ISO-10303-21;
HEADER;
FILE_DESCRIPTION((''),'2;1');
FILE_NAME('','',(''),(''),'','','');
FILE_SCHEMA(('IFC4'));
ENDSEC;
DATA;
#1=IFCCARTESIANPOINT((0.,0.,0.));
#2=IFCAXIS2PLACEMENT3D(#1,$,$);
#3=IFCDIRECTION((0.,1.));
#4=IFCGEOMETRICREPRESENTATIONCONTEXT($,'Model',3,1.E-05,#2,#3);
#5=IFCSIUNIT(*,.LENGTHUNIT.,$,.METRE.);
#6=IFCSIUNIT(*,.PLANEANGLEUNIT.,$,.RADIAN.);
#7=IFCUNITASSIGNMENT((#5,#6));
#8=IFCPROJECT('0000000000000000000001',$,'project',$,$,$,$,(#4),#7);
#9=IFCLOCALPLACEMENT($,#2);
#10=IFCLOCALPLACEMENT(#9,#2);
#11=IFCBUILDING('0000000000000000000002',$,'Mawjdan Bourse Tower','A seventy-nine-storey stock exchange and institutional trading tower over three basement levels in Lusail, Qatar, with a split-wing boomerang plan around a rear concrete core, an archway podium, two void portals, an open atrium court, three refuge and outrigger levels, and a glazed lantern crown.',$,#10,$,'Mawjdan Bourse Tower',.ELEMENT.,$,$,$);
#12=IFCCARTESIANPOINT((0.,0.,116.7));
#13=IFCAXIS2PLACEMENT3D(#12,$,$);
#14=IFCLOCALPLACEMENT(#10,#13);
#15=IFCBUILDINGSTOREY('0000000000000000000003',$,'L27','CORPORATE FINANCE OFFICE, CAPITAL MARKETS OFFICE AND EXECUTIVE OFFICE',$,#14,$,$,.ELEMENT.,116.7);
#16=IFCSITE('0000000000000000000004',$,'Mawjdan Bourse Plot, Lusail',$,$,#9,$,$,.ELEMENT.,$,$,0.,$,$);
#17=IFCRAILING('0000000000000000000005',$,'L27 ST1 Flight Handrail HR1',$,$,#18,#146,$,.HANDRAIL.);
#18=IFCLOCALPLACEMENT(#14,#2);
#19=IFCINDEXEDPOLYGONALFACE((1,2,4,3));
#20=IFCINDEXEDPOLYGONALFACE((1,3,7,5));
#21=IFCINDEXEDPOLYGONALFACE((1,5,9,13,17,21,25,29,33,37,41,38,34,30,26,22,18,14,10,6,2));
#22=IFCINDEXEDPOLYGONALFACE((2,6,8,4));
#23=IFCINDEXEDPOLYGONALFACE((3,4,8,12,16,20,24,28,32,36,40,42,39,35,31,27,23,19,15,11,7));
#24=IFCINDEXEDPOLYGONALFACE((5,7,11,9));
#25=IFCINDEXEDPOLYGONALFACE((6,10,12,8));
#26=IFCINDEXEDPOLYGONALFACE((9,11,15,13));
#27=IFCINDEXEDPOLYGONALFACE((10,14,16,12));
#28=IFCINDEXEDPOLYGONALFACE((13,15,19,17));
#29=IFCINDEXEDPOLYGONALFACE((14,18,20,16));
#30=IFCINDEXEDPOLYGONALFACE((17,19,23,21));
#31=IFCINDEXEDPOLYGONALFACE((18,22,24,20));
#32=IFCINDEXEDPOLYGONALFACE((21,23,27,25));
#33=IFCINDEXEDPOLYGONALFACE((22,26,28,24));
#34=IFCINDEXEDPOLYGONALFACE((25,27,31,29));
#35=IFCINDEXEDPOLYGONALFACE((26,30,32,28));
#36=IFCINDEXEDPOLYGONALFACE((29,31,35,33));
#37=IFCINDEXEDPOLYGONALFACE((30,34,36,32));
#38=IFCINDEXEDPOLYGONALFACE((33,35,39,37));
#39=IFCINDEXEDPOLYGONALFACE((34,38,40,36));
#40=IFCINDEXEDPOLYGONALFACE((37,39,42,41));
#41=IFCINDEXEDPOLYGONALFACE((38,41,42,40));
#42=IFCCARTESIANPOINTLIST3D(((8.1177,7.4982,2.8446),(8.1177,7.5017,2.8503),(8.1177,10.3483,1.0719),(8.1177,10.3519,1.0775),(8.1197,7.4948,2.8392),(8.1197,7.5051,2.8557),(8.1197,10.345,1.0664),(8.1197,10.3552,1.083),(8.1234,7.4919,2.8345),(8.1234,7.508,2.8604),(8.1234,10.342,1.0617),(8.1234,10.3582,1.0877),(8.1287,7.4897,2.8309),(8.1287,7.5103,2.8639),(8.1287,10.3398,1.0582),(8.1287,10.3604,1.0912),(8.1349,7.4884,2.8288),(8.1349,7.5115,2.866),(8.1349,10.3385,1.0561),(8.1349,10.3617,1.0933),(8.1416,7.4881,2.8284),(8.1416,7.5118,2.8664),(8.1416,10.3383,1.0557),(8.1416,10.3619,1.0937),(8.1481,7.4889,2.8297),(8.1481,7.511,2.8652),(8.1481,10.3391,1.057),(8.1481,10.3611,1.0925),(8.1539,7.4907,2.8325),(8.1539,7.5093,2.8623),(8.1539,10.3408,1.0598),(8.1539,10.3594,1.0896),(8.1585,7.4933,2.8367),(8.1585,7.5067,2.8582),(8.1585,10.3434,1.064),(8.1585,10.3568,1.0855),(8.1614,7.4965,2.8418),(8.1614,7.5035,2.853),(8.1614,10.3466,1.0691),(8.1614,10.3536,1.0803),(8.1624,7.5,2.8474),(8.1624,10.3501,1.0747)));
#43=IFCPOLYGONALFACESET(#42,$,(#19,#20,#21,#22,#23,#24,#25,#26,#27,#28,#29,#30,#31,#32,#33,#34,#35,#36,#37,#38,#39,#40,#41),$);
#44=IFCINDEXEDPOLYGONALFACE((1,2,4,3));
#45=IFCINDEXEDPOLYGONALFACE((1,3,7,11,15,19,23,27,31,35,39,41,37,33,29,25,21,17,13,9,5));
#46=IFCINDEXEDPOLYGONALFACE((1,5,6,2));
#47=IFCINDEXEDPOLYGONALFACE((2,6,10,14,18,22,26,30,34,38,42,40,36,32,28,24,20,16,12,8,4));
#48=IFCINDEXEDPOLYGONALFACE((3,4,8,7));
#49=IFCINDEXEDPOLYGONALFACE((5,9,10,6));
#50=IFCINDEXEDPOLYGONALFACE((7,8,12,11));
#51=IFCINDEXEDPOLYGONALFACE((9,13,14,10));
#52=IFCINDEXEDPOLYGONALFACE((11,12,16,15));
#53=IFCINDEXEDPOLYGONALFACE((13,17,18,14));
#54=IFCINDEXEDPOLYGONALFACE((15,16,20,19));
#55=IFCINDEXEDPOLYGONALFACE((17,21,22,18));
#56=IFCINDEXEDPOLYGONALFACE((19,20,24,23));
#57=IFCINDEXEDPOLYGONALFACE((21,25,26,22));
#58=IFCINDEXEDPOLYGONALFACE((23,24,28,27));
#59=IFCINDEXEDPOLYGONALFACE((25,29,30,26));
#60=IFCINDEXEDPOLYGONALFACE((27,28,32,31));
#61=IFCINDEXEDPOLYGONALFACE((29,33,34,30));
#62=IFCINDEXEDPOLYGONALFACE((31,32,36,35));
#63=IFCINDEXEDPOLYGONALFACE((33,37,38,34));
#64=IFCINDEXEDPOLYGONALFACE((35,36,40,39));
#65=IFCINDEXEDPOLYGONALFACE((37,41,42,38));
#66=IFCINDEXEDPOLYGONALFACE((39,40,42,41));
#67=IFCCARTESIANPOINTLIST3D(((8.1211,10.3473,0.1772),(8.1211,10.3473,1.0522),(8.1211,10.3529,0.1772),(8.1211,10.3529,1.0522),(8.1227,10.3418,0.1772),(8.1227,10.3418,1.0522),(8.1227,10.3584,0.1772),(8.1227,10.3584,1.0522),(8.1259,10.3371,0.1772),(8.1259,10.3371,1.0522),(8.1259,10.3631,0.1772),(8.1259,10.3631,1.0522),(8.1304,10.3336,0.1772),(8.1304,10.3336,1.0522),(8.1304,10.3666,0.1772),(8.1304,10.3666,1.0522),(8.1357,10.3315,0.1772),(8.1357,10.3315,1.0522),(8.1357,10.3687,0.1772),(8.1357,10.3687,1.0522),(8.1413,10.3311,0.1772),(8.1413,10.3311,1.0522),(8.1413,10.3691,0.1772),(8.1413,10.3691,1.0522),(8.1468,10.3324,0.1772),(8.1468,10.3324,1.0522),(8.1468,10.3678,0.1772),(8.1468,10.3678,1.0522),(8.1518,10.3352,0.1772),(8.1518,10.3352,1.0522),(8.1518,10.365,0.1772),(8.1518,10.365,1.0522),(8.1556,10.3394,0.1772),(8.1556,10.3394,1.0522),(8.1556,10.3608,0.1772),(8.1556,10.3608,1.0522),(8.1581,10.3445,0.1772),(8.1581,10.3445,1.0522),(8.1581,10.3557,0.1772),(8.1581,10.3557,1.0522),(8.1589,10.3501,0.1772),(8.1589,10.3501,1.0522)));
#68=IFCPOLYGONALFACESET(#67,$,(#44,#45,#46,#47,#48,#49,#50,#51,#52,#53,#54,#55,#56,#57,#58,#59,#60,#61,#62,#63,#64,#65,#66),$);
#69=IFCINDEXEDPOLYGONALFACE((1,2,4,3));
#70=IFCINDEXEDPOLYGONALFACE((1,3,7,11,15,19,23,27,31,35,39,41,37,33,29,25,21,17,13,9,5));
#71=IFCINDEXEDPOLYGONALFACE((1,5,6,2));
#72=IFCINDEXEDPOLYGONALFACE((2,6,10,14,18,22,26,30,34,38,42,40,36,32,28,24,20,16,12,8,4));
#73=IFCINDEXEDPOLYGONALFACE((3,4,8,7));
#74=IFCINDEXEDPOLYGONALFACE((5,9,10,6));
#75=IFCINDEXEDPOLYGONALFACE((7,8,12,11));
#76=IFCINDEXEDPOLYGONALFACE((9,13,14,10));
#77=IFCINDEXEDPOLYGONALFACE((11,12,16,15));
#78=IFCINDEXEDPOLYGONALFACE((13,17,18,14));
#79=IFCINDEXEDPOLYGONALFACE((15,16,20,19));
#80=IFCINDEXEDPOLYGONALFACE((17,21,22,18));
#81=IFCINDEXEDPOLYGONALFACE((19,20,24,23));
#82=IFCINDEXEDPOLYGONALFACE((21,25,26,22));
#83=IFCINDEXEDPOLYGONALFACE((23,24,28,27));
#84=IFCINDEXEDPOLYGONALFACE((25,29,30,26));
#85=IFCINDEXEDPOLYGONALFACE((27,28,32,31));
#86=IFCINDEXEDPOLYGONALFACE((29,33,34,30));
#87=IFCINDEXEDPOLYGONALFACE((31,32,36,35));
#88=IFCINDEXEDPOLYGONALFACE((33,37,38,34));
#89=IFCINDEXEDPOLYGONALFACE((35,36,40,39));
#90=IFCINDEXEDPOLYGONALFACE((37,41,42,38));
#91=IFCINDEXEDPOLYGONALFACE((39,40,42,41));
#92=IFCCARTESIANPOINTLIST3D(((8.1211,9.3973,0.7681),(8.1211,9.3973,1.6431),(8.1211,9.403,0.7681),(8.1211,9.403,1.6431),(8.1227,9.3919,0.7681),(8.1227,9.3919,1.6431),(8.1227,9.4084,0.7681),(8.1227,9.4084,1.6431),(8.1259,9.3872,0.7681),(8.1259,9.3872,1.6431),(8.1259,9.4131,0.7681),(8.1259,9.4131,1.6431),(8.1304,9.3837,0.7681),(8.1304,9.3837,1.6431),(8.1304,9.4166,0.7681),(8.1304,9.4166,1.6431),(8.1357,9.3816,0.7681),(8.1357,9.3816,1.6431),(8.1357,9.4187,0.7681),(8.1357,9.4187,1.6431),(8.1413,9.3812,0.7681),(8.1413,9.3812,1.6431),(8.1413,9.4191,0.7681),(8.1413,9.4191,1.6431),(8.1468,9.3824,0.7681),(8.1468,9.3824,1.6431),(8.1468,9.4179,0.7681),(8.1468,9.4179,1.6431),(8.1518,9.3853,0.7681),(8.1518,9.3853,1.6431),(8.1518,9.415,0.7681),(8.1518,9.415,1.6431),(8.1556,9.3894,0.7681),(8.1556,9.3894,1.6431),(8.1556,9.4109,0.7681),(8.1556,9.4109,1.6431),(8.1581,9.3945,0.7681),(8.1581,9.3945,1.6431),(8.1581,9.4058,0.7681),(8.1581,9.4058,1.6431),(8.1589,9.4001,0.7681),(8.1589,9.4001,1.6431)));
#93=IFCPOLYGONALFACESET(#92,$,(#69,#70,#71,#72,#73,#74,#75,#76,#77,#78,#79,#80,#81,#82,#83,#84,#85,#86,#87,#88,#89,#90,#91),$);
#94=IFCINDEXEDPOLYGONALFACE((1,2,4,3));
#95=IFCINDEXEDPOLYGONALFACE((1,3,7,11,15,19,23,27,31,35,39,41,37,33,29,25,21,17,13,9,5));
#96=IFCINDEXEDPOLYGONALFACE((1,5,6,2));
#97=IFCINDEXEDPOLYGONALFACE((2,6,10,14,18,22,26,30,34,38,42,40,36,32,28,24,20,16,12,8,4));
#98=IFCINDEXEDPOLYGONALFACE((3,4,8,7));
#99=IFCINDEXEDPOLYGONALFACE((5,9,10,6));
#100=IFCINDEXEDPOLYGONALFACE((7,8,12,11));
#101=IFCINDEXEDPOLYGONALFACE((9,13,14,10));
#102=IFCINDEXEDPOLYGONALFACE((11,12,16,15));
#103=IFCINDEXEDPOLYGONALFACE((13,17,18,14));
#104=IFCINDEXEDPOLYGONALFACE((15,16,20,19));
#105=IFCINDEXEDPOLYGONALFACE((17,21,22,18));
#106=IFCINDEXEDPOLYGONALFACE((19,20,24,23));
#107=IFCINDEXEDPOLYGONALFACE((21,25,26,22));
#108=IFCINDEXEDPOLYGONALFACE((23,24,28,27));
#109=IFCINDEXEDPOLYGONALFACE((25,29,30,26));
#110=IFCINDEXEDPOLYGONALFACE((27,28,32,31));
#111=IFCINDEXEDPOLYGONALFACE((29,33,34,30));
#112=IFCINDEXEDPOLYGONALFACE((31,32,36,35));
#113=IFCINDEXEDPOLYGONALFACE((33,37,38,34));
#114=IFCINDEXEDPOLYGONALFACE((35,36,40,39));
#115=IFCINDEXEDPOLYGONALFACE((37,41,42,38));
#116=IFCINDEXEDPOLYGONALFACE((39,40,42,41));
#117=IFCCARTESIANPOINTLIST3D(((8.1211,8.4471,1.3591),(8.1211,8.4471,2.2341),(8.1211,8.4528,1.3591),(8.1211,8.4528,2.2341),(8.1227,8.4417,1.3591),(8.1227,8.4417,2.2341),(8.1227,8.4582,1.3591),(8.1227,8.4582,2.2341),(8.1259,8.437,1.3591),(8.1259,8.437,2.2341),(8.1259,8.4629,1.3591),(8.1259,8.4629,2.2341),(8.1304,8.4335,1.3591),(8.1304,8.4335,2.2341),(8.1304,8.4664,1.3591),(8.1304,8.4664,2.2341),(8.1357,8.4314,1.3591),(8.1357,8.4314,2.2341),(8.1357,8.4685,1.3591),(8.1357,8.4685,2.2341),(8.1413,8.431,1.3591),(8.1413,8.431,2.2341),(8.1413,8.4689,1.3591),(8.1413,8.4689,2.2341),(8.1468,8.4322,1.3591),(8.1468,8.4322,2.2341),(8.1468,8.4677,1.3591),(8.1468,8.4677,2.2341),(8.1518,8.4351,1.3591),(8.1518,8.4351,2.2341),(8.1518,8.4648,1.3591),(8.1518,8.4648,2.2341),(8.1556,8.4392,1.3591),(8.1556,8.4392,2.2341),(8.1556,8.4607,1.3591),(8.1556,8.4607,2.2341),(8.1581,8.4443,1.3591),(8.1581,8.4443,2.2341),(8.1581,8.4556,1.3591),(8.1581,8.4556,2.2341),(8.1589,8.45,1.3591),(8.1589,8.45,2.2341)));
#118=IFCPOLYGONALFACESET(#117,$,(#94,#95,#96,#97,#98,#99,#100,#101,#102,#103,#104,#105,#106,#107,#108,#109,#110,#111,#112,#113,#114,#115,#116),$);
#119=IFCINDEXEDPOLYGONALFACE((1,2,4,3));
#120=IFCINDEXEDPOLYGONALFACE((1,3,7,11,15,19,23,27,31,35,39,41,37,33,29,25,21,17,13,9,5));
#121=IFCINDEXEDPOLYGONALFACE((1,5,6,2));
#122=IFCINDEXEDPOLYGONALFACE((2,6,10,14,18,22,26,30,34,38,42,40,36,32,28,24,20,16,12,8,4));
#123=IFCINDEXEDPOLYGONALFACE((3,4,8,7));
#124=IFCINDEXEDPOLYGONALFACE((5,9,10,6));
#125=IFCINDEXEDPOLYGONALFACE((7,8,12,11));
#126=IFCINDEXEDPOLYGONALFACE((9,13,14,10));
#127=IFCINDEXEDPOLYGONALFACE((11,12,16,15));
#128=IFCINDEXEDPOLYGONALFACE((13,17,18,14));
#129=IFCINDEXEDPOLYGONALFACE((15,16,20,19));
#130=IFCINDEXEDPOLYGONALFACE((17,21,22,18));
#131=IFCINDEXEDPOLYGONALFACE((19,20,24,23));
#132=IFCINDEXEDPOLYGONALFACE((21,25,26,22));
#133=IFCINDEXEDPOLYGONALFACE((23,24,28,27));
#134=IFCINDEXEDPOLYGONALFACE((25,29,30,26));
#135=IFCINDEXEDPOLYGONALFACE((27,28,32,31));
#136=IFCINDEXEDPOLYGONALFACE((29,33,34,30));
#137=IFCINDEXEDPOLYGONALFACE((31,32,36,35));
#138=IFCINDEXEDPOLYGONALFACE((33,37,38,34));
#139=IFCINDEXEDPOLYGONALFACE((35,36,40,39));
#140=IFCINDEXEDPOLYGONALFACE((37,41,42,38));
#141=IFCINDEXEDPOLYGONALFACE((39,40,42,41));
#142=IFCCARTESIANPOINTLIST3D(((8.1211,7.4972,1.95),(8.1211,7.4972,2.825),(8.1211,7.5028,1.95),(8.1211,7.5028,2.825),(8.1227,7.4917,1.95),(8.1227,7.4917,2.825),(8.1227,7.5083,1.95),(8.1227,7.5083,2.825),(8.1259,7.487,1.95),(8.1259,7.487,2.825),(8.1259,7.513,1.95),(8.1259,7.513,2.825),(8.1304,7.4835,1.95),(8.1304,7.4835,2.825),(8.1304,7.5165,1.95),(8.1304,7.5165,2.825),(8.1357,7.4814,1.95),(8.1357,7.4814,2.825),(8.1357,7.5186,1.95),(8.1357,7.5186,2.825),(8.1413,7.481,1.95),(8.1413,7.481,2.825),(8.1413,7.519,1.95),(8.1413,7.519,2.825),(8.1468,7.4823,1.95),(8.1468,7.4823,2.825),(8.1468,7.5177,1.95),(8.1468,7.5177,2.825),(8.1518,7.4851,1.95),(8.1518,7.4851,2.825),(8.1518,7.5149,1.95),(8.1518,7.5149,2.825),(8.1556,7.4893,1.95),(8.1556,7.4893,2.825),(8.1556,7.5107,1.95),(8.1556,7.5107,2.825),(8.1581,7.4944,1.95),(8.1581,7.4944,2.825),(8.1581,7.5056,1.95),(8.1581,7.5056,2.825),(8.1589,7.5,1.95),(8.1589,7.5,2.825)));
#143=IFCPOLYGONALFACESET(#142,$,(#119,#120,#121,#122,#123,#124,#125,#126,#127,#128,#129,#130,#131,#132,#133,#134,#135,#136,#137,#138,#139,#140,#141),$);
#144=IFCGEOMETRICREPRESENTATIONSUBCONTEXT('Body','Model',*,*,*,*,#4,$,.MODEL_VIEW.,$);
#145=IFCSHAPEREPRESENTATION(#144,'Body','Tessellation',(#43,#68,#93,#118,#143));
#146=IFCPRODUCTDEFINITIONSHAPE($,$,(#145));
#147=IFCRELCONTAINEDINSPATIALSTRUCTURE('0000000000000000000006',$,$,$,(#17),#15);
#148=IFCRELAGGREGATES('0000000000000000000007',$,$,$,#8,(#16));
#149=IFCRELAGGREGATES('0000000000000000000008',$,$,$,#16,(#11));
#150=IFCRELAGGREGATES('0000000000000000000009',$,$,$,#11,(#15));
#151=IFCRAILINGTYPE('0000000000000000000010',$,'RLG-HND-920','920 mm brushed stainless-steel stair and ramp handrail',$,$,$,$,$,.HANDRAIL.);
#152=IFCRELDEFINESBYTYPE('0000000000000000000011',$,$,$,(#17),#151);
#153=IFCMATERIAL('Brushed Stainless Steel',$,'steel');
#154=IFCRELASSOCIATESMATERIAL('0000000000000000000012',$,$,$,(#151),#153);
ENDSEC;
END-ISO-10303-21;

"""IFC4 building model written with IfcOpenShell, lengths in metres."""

from ifc_helpers import new_model, si_unit, direction, frame, origin, origin_2d, place, context, subcontext, project, spatial, circle, extrude, material, type_object, element, save


model = new_model("IFC4")

# Units and contexts
model_context = context("Model", 3, precision=1e-05, world=origin(), true_north=direction((0.0, 1.0)))
body_context = subcontext(model_context, "Body", "Model", "MODEL_VIEW")
ifc_project = project(units=[si_unit("LENGTHUNIT", "METRE"), si_unit("PLANEANGLEUNIT", "RADIAN")], contexts=[model_context])

# Site, building, storey
site_placement = place(None, origin())
site = spatial("IfcSite", under=ifc_project, at=site_placement, Name="Mawjdan Bourse Plot, Lusail", CompositionType="ELEMENT", RefElevation=0.0)
building_placement = place(site_placement, origin())
building = spatial("IfcBuilding", under=site, at=building_placement, Name="Mawjdan Bourse Tower", Description="A seventy-nine-storey stock exchange and institutional trading tower over three basement levels in Lusail, Qatar, with a split-wing boomerang plan around a rear concrete core, an archway podium, two void portals, an open atrium court, three refuge and outrigger levels, and a glazed lantern crown.", LongName="Mawjdan Bourse Tower", CompositionType="ELEMENT")
storey_placement = place(building_placement, frame((0.0, 0.0, 116.7)))
storey = spatial("IfcBuildingStorey", under=building, at=storey_placement, Name="L27", Description="CORPORATE FINANCE OFFICE, CAPITAL MARKETS OFFICE AND EXECUTIVE OFFICE", CompositionType="ELEMENT", Elevation=116.7)

# Railing
ifc_material_1 = material(Name="Brushed Stainless Steel", Category="steel")
railing_type_1 = type_object("IfcRailingType", Name="RLG-HND-920", Description="920 mm brushed stainless-steel stair and ramp handrail", PredefinedType="HANDRAIL", material=ifc_material_1)
railing_1_placement = place(storey_placement, frame((8.1399, 10.3501, 0.1772)))
element("IfcRailing", 1, at=railing_1_placement, inside=storey, type_object=railing_type_1, Name="L27 ST1 Flight Handrail HR1", PredefinedType="HANDRAIL", context=body_context, shape_type="SweptSolid", body=[
    extrude(circle(Radius=0.0225, at=origin_2d()), frame((0.0, 0.0, 0.8975), z_axis=(0.0, -0.849149, 0.528154), x_axis=(1.0, 0.0, 0.0)), (0.0, 0.0, 1.0), 3.3564),
    extrude(circle(Radius=0.019, at=origin_2d()), origin(), (0.0, 0.0, 1.0), 0.875),
    extrude(circle(Radius=0.019, at=origin_2d()), frame((0.0, -0.95, 0.5908)), (0.0, 0.0, 1.0), 0.875),
    extrude(circle(Radius=0.019, at=origin_2d()), frame((0.0, -1.9001, 1.1819)), (0.0, 0.0, 1.0), 0.875),
    extrude(circle(Radius=0.019, at=origin_2d()), frame((0.0, -2.8501, 1.7727)), (0.0, 0.0, 1.0), 0.875),
])

save(model, "model.ifc")
